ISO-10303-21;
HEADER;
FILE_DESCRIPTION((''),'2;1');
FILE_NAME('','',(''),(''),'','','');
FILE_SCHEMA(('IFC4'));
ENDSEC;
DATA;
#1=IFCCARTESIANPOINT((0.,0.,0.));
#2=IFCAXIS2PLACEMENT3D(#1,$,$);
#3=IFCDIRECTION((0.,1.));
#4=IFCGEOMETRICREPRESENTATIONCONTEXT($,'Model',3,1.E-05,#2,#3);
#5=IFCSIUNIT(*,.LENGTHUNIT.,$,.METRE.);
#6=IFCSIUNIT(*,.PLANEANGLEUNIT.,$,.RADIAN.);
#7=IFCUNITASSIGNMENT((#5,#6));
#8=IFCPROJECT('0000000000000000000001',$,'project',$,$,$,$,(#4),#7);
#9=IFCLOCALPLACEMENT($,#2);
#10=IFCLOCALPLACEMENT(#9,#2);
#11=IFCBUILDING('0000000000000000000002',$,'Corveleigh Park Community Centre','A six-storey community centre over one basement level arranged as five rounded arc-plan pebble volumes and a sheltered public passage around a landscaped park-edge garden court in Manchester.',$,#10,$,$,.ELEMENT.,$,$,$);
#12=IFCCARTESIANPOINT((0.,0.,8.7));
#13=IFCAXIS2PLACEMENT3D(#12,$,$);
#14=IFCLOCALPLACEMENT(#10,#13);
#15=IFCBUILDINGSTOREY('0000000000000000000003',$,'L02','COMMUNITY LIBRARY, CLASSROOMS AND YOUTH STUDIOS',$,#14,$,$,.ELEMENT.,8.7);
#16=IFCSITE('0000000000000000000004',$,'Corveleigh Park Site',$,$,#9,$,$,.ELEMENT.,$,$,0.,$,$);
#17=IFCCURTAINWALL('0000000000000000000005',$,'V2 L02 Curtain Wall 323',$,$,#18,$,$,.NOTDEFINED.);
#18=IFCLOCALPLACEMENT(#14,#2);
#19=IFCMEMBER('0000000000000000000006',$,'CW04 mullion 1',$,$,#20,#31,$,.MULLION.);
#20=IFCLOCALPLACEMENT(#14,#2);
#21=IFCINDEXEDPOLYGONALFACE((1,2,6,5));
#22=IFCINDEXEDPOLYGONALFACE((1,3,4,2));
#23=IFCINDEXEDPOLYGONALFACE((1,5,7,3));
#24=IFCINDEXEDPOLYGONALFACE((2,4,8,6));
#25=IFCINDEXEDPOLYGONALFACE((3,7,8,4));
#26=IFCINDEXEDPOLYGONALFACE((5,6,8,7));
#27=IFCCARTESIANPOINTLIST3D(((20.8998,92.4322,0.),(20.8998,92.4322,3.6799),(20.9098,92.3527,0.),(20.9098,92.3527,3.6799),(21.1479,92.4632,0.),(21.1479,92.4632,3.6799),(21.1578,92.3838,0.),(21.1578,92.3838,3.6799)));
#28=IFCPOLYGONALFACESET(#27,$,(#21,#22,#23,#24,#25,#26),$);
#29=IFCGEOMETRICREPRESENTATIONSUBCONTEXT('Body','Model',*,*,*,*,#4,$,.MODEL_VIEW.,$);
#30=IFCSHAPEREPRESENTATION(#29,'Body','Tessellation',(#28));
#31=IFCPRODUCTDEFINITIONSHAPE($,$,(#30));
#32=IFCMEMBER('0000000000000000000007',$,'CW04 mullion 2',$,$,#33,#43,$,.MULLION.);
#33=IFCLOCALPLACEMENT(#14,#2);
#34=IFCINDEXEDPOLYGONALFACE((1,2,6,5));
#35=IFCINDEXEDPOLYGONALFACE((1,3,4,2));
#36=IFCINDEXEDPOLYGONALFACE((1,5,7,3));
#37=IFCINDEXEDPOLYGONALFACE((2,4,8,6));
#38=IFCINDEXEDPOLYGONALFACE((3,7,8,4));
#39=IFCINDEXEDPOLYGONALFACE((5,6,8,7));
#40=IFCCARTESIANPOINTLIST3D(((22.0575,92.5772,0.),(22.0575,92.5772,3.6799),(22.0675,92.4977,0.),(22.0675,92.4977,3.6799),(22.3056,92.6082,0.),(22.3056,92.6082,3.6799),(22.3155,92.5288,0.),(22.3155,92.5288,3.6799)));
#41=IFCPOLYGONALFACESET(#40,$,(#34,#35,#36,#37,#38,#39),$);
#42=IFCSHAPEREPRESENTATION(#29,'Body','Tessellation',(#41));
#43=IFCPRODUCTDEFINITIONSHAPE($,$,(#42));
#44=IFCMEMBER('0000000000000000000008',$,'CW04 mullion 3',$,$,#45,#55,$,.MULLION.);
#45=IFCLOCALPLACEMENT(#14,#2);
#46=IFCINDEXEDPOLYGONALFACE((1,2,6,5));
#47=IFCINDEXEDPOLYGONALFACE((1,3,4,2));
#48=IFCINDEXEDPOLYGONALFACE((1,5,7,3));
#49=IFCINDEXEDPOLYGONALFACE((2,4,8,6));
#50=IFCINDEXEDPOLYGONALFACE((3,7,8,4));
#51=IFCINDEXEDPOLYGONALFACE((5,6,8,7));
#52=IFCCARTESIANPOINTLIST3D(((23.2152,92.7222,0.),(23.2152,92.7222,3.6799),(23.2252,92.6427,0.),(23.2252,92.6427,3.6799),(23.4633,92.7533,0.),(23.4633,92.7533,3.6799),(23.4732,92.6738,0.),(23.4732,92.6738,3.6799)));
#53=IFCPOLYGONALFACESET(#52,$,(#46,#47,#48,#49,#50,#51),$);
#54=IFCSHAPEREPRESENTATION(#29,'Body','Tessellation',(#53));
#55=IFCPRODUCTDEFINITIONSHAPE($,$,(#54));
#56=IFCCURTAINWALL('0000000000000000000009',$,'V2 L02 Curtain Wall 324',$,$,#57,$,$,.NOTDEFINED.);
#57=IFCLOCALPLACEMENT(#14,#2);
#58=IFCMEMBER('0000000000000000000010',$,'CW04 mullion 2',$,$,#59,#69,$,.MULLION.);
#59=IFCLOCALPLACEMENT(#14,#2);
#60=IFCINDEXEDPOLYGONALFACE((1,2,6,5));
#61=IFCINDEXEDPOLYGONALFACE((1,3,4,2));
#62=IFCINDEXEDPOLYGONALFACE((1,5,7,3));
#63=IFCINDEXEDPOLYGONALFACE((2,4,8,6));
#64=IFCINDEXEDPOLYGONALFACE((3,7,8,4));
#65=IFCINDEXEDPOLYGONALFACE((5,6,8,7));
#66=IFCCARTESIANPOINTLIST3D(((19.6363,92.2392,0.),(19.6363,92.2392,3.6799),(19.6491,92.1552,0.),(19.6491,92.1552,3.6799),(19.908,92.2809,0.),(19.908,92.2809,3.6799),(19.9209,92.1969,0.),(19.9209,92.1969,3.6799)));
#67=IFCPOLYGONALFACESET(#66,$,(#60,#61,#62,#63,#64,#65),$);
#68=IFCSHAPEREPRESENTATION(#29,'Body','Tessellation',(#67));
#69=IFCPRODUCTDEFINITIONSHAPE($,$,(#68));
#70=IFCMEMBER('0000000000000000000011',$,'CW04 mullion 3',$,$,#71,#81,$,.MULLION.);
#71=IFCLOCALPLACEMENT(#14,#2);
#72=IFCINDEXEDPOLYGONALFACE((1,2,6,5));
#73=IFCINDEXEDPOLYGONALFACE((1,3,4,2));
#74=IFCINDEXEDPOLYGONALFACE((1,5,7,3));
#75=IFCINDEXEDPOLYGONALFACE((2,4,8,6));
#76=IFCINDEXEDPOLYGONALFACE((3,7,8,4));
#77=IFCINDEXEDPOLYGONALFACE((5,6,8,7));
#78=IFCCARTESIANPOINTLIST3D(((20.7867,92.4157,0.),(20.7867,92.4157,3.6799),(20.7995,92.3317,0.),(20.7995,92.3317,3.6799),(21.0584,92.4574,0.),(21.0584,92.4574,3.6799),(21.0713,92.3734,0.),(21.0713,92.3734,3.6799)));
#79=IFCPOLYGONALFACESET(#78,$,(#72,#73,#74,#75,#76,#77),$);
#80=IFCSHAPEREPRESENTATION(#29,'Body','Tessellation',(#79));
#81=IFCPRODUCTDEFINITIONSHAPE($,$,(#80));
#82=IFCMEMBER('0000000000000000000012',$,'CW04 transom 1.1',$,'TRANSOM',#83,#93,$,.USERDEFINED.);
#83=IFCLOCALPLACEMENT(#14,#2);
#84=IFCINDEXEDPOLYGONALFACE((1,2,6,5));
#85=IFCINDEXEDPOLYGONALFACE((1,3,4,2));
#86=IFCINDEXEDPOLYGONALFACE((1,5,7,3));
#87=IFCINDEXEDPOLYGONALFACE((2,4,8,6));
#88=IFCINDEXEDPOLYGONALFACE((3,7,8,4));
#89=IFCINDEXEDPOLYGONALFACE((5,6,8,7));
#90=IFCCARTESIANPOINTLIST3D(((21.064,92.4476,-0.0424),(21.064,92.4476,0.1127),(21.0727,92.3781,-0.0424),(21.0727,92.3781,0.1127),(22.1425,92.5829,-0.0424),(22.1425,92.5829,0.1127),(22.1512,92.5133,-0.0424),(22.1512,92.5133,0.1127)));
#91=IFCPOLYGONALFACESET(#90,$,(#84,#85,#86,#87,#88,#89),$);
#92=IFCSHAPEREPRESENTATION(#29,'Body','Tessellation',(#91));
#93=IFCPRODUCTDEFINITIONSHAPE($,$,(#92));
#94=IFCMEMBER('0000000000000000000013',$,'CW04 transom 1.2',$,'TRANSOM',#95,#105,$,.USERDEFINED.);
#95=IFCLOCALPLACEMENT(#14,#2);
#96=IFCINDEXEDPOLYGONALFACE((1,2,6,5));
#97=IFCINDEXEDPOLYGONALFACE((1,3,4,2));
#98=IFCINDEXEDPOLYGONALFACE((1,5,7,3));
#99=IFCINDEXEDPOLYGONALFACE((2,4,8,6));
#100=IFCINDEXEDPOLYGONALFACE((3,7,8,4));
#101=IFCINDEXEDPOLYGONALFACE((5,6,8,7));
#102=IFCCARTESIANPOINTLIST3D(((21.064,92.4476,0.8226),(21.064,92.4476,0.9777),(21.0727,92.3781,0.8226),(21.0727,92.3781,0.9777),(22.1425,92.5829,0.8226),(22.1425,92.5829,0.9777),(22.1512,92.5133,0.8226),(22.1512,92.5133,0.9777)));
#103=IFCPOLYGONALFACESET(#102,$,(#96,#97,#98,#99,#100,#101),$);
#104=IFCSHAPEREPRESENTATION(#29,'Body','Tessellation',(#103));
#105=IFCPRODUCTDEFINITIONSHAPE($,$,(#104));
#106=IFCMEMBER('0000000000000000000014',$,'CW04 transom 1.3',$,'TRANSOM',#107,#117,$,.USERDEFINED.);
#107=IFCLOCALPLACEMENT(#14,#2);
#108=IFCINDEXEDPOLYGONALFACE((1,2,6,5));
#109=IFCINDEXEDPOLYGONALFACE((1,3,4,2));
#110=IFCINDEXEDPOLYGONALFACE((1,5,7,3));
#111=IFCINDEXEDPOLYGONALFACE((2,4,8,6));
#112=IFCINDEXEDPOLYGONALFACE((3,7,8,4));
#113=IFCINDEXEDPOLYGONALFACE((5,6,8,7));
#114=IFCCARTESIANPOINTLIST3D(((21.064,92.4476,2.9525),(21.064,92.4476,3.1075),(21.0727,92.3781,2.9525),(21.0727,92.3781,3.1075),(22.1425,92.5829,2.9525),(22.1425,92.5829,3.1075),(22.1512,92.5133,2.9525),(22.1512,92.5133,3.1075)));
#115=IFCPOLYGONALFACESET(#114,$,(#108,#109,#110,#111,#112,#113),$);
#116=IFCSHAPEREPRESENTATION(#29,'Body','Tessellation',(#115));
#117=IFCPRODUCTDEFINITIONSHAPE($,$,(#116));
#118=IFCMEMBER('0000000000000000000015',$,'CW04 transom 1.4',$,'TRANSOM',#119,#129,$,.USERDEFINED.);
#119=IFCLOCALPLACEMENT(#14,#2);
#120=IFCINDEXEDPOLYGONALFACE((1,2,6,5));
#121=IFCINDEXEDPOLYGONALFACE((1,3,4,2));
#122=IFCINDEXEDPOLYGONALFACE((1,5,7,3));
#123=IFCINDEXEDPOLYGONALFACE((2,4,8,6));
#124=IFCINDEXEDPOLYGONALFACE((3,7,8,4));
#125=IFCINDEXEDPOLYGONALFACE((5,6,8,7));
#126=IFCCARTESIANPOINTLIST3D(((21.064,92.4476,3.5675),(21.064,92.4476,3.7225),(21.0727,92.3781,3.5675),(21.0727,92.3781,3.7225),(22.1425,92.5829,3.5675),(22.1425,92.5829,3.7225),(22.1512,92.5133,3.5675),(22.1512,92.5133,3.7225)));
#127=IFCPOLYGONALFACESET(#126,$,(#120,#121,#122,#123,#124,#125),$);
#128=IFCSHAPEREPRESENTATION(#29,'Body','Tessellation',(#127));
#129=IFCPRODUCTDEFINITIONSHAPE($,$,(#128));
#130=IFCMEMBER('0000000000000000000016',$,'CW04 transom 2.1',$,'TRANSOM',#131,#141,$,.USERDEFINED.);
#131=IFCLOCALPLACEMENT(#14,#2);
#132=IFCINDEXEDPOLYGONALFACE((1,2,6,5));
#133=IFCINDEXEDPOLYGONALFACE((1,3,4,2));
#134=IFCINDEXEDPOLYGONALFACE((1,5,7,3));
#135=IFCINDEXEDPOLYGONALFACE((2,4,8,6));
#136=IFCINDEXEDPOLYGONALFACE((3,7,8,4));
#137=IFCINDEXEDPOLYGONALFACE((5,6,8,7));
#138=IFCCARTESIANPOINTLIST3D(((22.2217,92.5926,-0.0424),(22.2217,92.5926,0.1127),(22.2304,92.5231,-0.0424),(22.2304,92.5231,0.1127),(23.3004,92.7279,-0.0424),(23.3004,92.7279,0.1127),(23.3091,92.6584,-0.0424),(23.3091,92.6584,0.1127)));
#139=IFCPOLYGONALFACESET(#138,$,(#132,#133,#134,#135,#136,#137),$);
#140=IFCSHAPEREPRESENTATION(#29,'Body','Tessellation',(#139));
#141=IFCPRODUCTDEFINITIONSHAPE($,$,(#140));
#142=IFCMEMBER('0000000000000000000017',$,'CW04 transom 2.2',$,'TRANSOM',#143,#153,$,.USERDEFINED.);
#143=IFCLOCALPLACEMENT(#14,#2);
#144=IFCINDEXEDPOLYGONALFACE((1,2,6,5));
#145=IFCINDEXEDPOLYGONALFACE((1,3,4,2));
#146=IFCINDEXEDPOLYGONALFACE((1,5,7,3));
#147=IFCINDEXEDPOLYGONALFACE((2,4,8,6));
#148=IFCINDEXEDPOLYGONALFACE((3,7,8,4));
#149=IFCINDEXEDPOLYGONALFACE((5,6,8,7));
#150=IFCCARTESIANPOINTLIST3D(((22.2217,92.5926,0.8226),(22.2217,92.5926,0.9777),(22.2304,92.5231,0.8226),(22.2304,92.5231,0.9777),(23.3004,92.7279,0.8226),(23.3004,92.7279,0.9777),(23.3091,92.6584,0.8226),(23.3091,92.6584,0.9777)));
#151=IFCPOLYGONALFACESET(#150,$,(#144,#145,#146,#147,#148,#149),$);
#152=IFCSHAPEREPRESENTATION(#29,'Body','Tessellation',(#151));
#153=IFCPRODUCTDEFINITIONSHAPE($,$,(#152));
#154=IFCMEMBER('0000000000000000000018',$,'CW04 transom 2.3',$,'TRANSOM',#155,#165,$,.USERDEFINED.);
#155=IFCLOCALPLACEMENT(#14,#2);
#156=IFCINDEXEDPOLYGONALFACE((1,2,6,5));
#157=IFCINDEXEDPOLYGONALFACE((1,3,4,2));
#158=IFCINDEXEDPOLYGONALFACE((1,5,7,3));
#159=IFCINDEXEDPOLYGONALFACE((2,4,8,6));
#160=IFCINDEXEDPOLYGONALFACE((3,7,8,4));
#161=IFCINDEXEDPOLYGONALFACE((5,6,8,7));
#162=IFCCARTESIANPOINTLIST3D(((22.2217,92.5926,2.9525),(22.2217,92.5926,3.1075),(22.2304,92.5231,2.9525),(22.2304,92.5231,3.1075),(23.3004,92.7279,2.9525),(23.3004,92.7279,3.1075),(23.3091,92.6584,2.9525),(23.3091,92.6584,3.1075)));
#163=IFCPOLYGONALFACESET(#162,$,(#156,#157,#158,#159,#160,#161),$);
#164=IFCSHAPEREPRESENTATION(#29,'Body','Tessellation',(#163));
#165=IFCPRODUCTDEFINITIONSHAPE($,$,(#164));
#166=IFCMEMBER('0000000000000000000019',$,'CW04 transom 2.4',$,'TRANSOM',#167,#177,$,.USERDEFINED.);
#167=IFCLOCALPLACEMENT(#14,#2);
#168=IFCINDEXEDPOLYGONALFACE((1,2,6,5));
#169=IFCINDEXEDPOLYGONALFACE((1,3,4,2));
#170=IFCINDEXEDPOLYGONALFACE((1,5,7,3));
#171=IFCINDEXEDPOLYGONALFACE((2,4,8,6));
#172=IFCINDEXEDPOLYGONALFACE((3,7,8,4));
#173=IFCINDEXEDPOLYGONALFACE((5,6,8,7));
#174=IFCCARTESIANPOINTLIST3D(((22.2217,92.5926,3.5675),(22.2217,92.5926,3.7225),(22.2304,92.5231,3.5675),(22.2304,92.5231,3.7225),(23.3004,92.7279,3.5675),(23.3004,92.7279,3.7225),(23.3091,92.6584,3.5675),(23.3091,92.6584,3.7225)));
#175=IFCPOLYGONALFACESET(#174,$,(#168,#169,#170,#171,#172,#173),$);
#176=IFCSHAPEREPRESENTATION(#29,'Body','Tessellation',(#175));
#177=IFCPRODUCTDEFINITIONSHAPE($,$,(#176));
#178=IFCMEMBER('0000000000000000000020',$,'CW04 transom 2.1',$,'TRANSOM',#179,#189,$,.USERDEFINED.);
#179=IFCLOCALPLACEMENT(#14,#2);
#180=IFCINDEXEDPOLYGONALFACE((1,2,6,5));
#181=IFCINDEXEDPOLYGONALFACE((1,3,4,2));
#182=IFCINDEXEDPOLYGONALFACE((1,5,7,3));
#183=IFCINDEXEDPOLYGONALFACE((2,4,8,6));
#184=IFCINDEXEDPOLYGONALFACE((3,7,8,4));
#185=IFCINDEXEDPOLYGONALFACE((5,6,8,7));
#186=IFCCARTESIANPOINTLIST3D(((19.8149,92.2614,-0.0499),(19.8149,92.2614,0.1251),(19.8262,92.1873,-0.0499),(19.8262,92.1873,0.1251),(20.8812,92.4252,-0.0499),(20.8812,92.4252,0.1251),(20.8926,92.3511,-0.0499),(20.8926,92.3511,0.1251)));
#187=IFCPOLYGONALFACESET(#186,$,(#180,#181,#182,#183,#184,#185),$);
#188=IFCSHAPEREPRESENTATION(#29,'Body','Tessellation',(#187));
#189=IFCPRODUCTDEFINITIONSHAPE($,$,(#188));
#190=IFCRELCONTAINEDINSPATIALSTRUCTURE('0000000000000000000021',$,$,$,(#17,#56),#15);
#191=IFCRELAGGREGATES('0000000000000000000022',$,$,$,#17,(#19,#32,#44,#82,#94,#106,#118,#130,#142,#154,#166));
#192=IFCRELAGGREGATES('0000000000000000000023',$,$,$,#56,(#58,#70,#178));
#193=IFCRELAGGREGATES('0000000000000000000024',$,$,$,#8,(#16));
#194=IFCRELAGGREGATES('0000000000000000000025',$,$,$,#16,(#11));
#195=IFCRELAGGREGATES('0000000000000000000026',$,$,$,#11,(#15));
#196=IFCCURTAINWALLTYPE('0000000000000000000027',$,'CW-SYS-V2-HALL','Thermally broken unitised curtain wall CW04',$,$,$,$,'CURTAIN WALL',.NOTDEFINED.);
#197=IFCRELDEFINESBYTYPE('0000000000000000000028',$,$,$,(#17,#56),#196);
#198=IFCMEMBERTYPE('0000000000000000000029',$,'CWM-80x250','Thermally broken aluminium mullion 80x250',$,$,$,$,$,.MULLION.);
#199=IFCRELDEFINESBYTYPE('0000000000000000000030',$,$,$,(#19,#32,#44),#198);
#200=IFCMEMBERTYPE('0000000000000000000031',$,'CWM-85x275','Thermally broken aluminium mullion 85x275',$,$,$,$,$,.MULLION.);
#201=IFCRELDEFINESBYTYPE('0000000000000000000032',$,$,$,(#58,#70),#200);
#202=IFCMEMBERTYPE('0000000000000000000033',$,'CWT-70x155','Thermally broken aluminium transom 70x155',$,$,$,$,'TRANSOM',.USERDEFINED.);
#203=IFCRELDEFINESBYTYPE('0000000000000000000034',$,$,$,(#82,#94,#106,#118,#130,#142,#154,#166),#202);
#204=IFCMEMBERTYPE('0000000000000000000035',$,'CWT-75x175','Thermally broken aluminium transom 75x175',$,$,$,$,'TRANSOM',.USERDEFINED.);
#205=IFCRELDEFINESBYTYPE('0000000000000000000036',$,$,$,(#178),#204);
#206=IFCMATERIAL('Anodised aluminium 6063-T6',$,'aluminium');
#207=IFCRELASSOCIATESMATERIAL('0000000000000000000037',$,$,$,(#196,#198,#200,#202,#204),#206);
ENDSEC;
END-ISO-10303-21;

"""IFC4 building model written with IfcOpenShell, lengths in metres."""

from ifc_helpers import new_model, si_unit, direction, frame, origin, origin_2d, place, context, subcontext, project, spatial, rectangle, extrude, material, material_profile, profile_set, type_object, element, aggregate, save


model = new_model("IFC4")

# Units and contexts
model_context = context("Model", 3, precision=1e-05, world=origin(), true_north=direction((0.0, 1.0)))
body_context = subcontext(model_context, "Body", "Model", "MODEL_VIEW")
ifc_project = project(units=[si_unit("LENGTHUNIT", "METRE"), si_unit("PLANEANGLEUNIT", "RADIAN")], contexts=[model_context])

# Site, building, storey
site_placement = place(None, origin())
site = spatial("IfcSite", under=ifc_project, at=site_placement, Name="Corveleigh Park Site", CompositionType="ELEMENT", RefElevation=0.0)
building_placement = place(site_placement, origin())
building = spatial("IfcBuilding", under=site, at=building_placement, Name="Corveleigh Park Community Centre", Description="A six-storey community centre over one basement level arranged as five rounded arc-plan pebble volumes and a sheltered public passage around a landscaped park-edge garden court in Manchester.", CompositionType="ELEMENT")
storey_placement = place(building_placement, frame((0.0, 0.0, 8.7)))
storey = spatial("IfcBuildingStorey", under=building, at=storey_placement, Name="L02", Description="COMMUNITY LIBRARY, CLASSROOMS AND YOUTH STUDIOS", CompositionType="ELEMENT", Elevation=8.7)

# Curtain walls, members
ifc_material_1 = material(Name="Anodised aluminium 6063-T6", Category="aluminium")
curtain_wall_type = type_object("IfcCurtainWallType", Name="CW-SYS-V2-HALL", Description="Thermally broken unitised curtain wall CW04", ElementType="CURTAIN WALL", PredefinedType="NOTDEFINED", material=ifc_material_1)
curtain_wall_1_placement = place(storey_placement, origin())
curtain_wall_1 = element("IfcCurtainWall", 1, at=curtain_wall_1_placement, inside=storey, type_object=curtain_wall_type, Name="V2 L02 Curtain Wall 323", PredefinedType="NOTDEFINED")
ifc_material_profile_1 = material_profile(ifc_material_1, rectangle(XDim=0.0801, YDim=0.25, at=origin_2d()), Name="ALU-M80x250", Category="aluminium")
ifc_profile_set_1 = profile_set([ifc_material_profile_1], Name="Anodised aluminium 6063-T6")
member_type_1 = type_object("IfcMemberType", Name="CWM-80x250", Description="Thermally broken aluminium mullion 80x250", PredefinedType="MULLION", material=ifc_profile_set_1)
member_1_placement = place(storey_placement, frame((21.0288, 92.408, 0.0), z_axis=(0.0, 0.0, 1.0), x_axis=(-0.12429, 0.992246, 0.0)))
member_1 = element("IfcMember", 2, at=member_1_placement, type_object=member_type_1, Name="CW04 mullion 1", PredefinedType="MULLION", context=body_context, shape_type="SweptSolid", body=[
    extrude(rectangle(XDim=0.0801, YDim=0.25, at=origin_2d()), origin(), (0.0, 0.0, 1.0), 3.6799),
])
member_2_placement = place(storey_placement, frame((22.1865, 92.553, 0.0), z_axis=(0.0, 0.0, 1.0), x_axis=(-0.12429, 0.992246, 0.0)))
member_2 = element("IfcMember", 3, at=member_2_placement, type_object=member_type_1, Name="CW04 mullion 2", PredefinedType="MULLION", context=body_context, shape_type="SweptSolid", body=[
    extrude(rectangle(XDim=0.0801, YDim=0.25, at=origin_2d()), origin(), (0.0, 0.0, 1.0), 3.6799),
])
member_3_placement = place(storey_placement, frame((23.3442, 92.698, 0.0), z_axis=(0.0, 0.0, 1.0), x_axis=(-0.12429, 0.992246, 0.0)))
member_3 = element("IfcMember", 4, at=member_3_placement, type_object=member_type_1, Name="CW04 mullion 3", PredefinedType="MULLION", context=body_context, shape_type="SweptSolid", body=[
    extrude(rectangle(XDim=0.0801, YDim=0.25, at=origin_2d()), origin(), (0.0, 0.0, 1.0), 3.6799),
])
curtain_wall_2_placement = place(storey_placement, origin())
curtain_wall_2 = element("IfcCurtainWall", 5, at=curtain_wall_2_placement, inside=storey, type_object=curtain_wall_type, Name="V2 L02 Curtain Wall 324", PredefinedType="NOTDEFINED")
ifc_material_profile_2 = material_profile(ifc_material_1, rectangle(XDim=0.085, YDim=0.2749, at=origin_2d()), Name="ALU-M85x275", Category="aluminium")
ifc_profile_set_2 = profile_set([ifc_material_profile_2], Name="Anodised aluminium 6063-T6")
member_type_2 = type_object("IfcMemberType", Name="CWM-85x275", Description="Thermally broken aluminium mullion 85x275", PredefinedType="MULLION", material=ifc_profile_set_2)
member_4_placement = place(storey_placement, frame((19.7786, 92.218, 0.0), z_axis=(0.0, 0.0, 1.0), x_axis=(-0.151683, 0.988429, 0.0)))
member_4 = element("IfcMember", 6, at=member_4_placement, type_object=member_type_2, Name="CW04 mullion 2", PredefinedType="MULLION", context=body_context, shape_type="SweptSolid", body=[
    extrude(rectangle(XDim=0.085, YDim=0.2749, at=origin_2d()), origin(), (0.0, 0.0, 1.0), 3.6799),
])
member_5_placement = place(storey_placement, frame((20.929, 92.3945, 0.0), z_axis=(0.0, 0.0, 1.0), x_axis=(-0.151683, 0.988429, 0.0)))
member_5 = element("IfcMember", 7, at=member_5_placement, type_object=member_type_2, Name="CW04 mullion 3", PredefinedType="MULLION", context=body_context, shape_type="SweptSolid", body=[
    extrude(rectangle(XDim=0.085, YDim=0.2749, at=origin_2d()), origin(), (0.0, 0.0, 1.0), 3.6799),
])

# Members
ifc_material_profile_3 = material_profile(ifc_material_1, rectangle(XDim=0.0701, YDim=0.155, at=origin_2d()), Name="ALU-T70x155", Category="aluminium")
ifc_profile_set_3 = profile_set([ifc_material_profile_3], Name="Anodised aluminium 6063-T6")
member_type_3 = type_object("IfcMemberType", Name="CWT-70x155", Description="Thermally broken aluminium transom 70x155", ElementType="TRANSOM", PredefinedType="USERDEFINED", material=ifc_profile_set_3)
member_6_placement = place(storey_placement, frame((21.0684, 92.4128, 0.0352), z_axis=(0.992226, 0.124449, 0.0), x_axis=(-0.124449, 0.992226, 0.0)))
member_6 = element("IfcMember", 8, at=member_6_placement, type_object=member_type_3, Name="CW04 transom 1.1", ObjectType="TRANSOM", PredefinedType="USERDEFINED", context=body_context, shape_type="SweptSolid", body=[
    extrude(rectangle(XDim=0.0701, YDim=0.155, at=origin_2d()), origin(), (0.0, 0.0, 1.0), 1.0869),
])
member_7_placement = place(storey_placement, frame((21.0684, 92.4128, 0.9001), z_axis=(0.992226, 0.124449, 0.0), x_axis=(-0.124449, 0.992226, 0.0)))
member_7 = element("IfcMember", 9, at=member_7_placement, type_object=member_type_3, Name="CW04 transom 1.2", ObjectType="TRANSOM", PredefinedType="USERDEFINED", context=body_context, shape_type="SweptSolid", body=[
    extrude(rectangle(XDim=0.0701, YDim=0.155, at=origin_2d()), origin(), (0.0, 0.0, 1.0), 1.0869),
])
member_8_placement = place(storey_placement, frame((21.0684, 92.4128, 3.03), z_axis=(0.992226, 0.124449, 0.0), x_axis=(-0.124449, 0.992226, 0.0)))
member_8 = element("IfcMember", 10, at=member_8_placement, type_object=member_type_3, Name="CW04 transom 1.3", ObjectType="TRANSOM", PredefinedType="USERDEFINED", context=body_context, shape_type="SweptSolid", body=[
    extrude(rectangle(XDim=0.0701, YDim=0.155, at=origin_2d()), origin(), (0.0, 0.0, 1.0), 1.0869),
])
member_9_placement = place(storey_placement, frame((21.0684, 92.4128, 3.645), z_axis=(0.992226, 0.124449, 0.0), x_axis=(-0.124449, 0.992226, 0.0)))
member_9 = element("IfcMember", 11, at=member_9_placement, type_object=member_type_3, Name="CW04 transom 1.4", ObjectType="TRANSOM", PredefinedType="USERDEFINED", context=body_context, shape_type="SweptSolid", body=[
    extrude(rectangle(XDim=0.0701, YDim=0.155, at=origin_2d()), origin(), (0.0, 0.0, 1.0), 1.0869),
])
member_10_placement = place(storey_placement, frame((22.2261, 92.5579, 0.0352), z_axis=(0.992229, 0.124422, 0.0), x_axis=(-0.124422, 0.992229, 0.0)))
member_10 = element("IfcMember", 12, at=member_10_placement, type_object=member_type_3, Name="CW04 transom 2.1", ObjectType="TRANSOM", PredefinedType="USERDEFINED", context=body_context, shape_type="SweptSolid", body=[
    extrude(rectangle(XDim=0.0701, YDim=0.155, at=origin_2d()), origin(), (0.0, 0.0, 1.0), 1.0872),
])
member_11_placement = place(storey_placement, frame((22.2261, 92.5579, 0.9001), z_axis=(0.992229, 0.124422, 0.0), x_axis=(-0.124422, 0.992229, 0.0)))
member_11 = element("IfcMember", 13, at=member_11_placement, type_object=member_type_3, Name="CW04 transom 2.2", ObjectType="TRANSOM", PredefinedType="USERDEFINED", context=body_context, shape_type="SweptSolid", body=[
    extrude(rectangle(XDim=0.0701, YDim=0.155, at=origin_2d()), origin(), (0.0, 0.0, 1.0), 1.0872),
])
member_12_placement = place(storey_placement, frame((22.2261, 92.5579, 3.03), z_axis=(0.992229, 0.124422, 0.0), x_axis=(-0.124422, 0.992229, 0.0)))
member_12 = element("IfcMember", 14, at=member_12_placement, type_object=member_type_3, Name="CW04 transom 2.3", ObjectType="TRANSOM", PredefinedType="USERDEFINED", context=body_context, shape_type="SweptSolid", body=[
    extrude(rectangle(XDim=0.0701, YDim=0.155, at=origin_2d()), origin(), (0.0, 0.0, 1.0), 1.0872),
])
member_13_placement = place(storey_placement, frame((22.2261, 92.5579, 3.645), z_axis=(0.992229, 0.124422, 0.0), x_axis=(-0.124422, 0.992229, 0.0)))
member_13 = element("IfcMember", 15, at=member_13_placement, type_object=member_type_3, Name="CW04 transom 2.4", ObjectType="TRANSOM", PredefinedType="USERDEFINED", context=body_context, shape_type="SweptSolid", body=[
    extrude(rectangle(XDim=0.0701, YDim=0.155, at=origin_2d()), origin(), (0.0, 0.0, 1.0), 1.0872),
])
ifc_material_profile_4 = material_profile(ifc_material_1, rectangle(XDim=0.075, YDim=0.175, at=origin_2d()), Name="ALU-T75x175", Category="aluminium")
ifc_profile_set_4 = profile_set([ifc_material_profile_4], Name="Anodised aluminium 6063-T6")
member_type_4 = type_object("IfcMemberType", Name="CWT-75x175", Description="Thermally broken aluminium transom 75x175", ElementType="TRANSOM", PredefinedType="USERDEFINED", material=ifc_profile_set_4)
member_14_placement = place(storey_placement, frame((19.8206, 92.2244, 0.0376), z_axis=(0.988406, 0.151836, 0.0), x_axis=(-0.151836, 0.988406, 0.0)))
member_14 = element("IfcMember", 16, at=member_14_placement, type_object=member_type_4, Name="CW04 transom 2.1", ObjectType="TRANSOM", PredefinedType="USERDEFINED", context=body_context, shape_type="SweptSolid", body=[
    extrude(rectangle(XDim=0.075, YDim=0.175, at=origin_2d()), origin(), (0.0, 0.0, 1.0), 1.0789),
])

aggregate(curtain_wall_1, [member_1, member_2, member_3, member_6, member_7, member_8, member_9, member_10, member_11, member_12, member_13])
aggregate(curtain_wall_2, [member_4, member_5, member_14])

save(model, "model.ifc")
